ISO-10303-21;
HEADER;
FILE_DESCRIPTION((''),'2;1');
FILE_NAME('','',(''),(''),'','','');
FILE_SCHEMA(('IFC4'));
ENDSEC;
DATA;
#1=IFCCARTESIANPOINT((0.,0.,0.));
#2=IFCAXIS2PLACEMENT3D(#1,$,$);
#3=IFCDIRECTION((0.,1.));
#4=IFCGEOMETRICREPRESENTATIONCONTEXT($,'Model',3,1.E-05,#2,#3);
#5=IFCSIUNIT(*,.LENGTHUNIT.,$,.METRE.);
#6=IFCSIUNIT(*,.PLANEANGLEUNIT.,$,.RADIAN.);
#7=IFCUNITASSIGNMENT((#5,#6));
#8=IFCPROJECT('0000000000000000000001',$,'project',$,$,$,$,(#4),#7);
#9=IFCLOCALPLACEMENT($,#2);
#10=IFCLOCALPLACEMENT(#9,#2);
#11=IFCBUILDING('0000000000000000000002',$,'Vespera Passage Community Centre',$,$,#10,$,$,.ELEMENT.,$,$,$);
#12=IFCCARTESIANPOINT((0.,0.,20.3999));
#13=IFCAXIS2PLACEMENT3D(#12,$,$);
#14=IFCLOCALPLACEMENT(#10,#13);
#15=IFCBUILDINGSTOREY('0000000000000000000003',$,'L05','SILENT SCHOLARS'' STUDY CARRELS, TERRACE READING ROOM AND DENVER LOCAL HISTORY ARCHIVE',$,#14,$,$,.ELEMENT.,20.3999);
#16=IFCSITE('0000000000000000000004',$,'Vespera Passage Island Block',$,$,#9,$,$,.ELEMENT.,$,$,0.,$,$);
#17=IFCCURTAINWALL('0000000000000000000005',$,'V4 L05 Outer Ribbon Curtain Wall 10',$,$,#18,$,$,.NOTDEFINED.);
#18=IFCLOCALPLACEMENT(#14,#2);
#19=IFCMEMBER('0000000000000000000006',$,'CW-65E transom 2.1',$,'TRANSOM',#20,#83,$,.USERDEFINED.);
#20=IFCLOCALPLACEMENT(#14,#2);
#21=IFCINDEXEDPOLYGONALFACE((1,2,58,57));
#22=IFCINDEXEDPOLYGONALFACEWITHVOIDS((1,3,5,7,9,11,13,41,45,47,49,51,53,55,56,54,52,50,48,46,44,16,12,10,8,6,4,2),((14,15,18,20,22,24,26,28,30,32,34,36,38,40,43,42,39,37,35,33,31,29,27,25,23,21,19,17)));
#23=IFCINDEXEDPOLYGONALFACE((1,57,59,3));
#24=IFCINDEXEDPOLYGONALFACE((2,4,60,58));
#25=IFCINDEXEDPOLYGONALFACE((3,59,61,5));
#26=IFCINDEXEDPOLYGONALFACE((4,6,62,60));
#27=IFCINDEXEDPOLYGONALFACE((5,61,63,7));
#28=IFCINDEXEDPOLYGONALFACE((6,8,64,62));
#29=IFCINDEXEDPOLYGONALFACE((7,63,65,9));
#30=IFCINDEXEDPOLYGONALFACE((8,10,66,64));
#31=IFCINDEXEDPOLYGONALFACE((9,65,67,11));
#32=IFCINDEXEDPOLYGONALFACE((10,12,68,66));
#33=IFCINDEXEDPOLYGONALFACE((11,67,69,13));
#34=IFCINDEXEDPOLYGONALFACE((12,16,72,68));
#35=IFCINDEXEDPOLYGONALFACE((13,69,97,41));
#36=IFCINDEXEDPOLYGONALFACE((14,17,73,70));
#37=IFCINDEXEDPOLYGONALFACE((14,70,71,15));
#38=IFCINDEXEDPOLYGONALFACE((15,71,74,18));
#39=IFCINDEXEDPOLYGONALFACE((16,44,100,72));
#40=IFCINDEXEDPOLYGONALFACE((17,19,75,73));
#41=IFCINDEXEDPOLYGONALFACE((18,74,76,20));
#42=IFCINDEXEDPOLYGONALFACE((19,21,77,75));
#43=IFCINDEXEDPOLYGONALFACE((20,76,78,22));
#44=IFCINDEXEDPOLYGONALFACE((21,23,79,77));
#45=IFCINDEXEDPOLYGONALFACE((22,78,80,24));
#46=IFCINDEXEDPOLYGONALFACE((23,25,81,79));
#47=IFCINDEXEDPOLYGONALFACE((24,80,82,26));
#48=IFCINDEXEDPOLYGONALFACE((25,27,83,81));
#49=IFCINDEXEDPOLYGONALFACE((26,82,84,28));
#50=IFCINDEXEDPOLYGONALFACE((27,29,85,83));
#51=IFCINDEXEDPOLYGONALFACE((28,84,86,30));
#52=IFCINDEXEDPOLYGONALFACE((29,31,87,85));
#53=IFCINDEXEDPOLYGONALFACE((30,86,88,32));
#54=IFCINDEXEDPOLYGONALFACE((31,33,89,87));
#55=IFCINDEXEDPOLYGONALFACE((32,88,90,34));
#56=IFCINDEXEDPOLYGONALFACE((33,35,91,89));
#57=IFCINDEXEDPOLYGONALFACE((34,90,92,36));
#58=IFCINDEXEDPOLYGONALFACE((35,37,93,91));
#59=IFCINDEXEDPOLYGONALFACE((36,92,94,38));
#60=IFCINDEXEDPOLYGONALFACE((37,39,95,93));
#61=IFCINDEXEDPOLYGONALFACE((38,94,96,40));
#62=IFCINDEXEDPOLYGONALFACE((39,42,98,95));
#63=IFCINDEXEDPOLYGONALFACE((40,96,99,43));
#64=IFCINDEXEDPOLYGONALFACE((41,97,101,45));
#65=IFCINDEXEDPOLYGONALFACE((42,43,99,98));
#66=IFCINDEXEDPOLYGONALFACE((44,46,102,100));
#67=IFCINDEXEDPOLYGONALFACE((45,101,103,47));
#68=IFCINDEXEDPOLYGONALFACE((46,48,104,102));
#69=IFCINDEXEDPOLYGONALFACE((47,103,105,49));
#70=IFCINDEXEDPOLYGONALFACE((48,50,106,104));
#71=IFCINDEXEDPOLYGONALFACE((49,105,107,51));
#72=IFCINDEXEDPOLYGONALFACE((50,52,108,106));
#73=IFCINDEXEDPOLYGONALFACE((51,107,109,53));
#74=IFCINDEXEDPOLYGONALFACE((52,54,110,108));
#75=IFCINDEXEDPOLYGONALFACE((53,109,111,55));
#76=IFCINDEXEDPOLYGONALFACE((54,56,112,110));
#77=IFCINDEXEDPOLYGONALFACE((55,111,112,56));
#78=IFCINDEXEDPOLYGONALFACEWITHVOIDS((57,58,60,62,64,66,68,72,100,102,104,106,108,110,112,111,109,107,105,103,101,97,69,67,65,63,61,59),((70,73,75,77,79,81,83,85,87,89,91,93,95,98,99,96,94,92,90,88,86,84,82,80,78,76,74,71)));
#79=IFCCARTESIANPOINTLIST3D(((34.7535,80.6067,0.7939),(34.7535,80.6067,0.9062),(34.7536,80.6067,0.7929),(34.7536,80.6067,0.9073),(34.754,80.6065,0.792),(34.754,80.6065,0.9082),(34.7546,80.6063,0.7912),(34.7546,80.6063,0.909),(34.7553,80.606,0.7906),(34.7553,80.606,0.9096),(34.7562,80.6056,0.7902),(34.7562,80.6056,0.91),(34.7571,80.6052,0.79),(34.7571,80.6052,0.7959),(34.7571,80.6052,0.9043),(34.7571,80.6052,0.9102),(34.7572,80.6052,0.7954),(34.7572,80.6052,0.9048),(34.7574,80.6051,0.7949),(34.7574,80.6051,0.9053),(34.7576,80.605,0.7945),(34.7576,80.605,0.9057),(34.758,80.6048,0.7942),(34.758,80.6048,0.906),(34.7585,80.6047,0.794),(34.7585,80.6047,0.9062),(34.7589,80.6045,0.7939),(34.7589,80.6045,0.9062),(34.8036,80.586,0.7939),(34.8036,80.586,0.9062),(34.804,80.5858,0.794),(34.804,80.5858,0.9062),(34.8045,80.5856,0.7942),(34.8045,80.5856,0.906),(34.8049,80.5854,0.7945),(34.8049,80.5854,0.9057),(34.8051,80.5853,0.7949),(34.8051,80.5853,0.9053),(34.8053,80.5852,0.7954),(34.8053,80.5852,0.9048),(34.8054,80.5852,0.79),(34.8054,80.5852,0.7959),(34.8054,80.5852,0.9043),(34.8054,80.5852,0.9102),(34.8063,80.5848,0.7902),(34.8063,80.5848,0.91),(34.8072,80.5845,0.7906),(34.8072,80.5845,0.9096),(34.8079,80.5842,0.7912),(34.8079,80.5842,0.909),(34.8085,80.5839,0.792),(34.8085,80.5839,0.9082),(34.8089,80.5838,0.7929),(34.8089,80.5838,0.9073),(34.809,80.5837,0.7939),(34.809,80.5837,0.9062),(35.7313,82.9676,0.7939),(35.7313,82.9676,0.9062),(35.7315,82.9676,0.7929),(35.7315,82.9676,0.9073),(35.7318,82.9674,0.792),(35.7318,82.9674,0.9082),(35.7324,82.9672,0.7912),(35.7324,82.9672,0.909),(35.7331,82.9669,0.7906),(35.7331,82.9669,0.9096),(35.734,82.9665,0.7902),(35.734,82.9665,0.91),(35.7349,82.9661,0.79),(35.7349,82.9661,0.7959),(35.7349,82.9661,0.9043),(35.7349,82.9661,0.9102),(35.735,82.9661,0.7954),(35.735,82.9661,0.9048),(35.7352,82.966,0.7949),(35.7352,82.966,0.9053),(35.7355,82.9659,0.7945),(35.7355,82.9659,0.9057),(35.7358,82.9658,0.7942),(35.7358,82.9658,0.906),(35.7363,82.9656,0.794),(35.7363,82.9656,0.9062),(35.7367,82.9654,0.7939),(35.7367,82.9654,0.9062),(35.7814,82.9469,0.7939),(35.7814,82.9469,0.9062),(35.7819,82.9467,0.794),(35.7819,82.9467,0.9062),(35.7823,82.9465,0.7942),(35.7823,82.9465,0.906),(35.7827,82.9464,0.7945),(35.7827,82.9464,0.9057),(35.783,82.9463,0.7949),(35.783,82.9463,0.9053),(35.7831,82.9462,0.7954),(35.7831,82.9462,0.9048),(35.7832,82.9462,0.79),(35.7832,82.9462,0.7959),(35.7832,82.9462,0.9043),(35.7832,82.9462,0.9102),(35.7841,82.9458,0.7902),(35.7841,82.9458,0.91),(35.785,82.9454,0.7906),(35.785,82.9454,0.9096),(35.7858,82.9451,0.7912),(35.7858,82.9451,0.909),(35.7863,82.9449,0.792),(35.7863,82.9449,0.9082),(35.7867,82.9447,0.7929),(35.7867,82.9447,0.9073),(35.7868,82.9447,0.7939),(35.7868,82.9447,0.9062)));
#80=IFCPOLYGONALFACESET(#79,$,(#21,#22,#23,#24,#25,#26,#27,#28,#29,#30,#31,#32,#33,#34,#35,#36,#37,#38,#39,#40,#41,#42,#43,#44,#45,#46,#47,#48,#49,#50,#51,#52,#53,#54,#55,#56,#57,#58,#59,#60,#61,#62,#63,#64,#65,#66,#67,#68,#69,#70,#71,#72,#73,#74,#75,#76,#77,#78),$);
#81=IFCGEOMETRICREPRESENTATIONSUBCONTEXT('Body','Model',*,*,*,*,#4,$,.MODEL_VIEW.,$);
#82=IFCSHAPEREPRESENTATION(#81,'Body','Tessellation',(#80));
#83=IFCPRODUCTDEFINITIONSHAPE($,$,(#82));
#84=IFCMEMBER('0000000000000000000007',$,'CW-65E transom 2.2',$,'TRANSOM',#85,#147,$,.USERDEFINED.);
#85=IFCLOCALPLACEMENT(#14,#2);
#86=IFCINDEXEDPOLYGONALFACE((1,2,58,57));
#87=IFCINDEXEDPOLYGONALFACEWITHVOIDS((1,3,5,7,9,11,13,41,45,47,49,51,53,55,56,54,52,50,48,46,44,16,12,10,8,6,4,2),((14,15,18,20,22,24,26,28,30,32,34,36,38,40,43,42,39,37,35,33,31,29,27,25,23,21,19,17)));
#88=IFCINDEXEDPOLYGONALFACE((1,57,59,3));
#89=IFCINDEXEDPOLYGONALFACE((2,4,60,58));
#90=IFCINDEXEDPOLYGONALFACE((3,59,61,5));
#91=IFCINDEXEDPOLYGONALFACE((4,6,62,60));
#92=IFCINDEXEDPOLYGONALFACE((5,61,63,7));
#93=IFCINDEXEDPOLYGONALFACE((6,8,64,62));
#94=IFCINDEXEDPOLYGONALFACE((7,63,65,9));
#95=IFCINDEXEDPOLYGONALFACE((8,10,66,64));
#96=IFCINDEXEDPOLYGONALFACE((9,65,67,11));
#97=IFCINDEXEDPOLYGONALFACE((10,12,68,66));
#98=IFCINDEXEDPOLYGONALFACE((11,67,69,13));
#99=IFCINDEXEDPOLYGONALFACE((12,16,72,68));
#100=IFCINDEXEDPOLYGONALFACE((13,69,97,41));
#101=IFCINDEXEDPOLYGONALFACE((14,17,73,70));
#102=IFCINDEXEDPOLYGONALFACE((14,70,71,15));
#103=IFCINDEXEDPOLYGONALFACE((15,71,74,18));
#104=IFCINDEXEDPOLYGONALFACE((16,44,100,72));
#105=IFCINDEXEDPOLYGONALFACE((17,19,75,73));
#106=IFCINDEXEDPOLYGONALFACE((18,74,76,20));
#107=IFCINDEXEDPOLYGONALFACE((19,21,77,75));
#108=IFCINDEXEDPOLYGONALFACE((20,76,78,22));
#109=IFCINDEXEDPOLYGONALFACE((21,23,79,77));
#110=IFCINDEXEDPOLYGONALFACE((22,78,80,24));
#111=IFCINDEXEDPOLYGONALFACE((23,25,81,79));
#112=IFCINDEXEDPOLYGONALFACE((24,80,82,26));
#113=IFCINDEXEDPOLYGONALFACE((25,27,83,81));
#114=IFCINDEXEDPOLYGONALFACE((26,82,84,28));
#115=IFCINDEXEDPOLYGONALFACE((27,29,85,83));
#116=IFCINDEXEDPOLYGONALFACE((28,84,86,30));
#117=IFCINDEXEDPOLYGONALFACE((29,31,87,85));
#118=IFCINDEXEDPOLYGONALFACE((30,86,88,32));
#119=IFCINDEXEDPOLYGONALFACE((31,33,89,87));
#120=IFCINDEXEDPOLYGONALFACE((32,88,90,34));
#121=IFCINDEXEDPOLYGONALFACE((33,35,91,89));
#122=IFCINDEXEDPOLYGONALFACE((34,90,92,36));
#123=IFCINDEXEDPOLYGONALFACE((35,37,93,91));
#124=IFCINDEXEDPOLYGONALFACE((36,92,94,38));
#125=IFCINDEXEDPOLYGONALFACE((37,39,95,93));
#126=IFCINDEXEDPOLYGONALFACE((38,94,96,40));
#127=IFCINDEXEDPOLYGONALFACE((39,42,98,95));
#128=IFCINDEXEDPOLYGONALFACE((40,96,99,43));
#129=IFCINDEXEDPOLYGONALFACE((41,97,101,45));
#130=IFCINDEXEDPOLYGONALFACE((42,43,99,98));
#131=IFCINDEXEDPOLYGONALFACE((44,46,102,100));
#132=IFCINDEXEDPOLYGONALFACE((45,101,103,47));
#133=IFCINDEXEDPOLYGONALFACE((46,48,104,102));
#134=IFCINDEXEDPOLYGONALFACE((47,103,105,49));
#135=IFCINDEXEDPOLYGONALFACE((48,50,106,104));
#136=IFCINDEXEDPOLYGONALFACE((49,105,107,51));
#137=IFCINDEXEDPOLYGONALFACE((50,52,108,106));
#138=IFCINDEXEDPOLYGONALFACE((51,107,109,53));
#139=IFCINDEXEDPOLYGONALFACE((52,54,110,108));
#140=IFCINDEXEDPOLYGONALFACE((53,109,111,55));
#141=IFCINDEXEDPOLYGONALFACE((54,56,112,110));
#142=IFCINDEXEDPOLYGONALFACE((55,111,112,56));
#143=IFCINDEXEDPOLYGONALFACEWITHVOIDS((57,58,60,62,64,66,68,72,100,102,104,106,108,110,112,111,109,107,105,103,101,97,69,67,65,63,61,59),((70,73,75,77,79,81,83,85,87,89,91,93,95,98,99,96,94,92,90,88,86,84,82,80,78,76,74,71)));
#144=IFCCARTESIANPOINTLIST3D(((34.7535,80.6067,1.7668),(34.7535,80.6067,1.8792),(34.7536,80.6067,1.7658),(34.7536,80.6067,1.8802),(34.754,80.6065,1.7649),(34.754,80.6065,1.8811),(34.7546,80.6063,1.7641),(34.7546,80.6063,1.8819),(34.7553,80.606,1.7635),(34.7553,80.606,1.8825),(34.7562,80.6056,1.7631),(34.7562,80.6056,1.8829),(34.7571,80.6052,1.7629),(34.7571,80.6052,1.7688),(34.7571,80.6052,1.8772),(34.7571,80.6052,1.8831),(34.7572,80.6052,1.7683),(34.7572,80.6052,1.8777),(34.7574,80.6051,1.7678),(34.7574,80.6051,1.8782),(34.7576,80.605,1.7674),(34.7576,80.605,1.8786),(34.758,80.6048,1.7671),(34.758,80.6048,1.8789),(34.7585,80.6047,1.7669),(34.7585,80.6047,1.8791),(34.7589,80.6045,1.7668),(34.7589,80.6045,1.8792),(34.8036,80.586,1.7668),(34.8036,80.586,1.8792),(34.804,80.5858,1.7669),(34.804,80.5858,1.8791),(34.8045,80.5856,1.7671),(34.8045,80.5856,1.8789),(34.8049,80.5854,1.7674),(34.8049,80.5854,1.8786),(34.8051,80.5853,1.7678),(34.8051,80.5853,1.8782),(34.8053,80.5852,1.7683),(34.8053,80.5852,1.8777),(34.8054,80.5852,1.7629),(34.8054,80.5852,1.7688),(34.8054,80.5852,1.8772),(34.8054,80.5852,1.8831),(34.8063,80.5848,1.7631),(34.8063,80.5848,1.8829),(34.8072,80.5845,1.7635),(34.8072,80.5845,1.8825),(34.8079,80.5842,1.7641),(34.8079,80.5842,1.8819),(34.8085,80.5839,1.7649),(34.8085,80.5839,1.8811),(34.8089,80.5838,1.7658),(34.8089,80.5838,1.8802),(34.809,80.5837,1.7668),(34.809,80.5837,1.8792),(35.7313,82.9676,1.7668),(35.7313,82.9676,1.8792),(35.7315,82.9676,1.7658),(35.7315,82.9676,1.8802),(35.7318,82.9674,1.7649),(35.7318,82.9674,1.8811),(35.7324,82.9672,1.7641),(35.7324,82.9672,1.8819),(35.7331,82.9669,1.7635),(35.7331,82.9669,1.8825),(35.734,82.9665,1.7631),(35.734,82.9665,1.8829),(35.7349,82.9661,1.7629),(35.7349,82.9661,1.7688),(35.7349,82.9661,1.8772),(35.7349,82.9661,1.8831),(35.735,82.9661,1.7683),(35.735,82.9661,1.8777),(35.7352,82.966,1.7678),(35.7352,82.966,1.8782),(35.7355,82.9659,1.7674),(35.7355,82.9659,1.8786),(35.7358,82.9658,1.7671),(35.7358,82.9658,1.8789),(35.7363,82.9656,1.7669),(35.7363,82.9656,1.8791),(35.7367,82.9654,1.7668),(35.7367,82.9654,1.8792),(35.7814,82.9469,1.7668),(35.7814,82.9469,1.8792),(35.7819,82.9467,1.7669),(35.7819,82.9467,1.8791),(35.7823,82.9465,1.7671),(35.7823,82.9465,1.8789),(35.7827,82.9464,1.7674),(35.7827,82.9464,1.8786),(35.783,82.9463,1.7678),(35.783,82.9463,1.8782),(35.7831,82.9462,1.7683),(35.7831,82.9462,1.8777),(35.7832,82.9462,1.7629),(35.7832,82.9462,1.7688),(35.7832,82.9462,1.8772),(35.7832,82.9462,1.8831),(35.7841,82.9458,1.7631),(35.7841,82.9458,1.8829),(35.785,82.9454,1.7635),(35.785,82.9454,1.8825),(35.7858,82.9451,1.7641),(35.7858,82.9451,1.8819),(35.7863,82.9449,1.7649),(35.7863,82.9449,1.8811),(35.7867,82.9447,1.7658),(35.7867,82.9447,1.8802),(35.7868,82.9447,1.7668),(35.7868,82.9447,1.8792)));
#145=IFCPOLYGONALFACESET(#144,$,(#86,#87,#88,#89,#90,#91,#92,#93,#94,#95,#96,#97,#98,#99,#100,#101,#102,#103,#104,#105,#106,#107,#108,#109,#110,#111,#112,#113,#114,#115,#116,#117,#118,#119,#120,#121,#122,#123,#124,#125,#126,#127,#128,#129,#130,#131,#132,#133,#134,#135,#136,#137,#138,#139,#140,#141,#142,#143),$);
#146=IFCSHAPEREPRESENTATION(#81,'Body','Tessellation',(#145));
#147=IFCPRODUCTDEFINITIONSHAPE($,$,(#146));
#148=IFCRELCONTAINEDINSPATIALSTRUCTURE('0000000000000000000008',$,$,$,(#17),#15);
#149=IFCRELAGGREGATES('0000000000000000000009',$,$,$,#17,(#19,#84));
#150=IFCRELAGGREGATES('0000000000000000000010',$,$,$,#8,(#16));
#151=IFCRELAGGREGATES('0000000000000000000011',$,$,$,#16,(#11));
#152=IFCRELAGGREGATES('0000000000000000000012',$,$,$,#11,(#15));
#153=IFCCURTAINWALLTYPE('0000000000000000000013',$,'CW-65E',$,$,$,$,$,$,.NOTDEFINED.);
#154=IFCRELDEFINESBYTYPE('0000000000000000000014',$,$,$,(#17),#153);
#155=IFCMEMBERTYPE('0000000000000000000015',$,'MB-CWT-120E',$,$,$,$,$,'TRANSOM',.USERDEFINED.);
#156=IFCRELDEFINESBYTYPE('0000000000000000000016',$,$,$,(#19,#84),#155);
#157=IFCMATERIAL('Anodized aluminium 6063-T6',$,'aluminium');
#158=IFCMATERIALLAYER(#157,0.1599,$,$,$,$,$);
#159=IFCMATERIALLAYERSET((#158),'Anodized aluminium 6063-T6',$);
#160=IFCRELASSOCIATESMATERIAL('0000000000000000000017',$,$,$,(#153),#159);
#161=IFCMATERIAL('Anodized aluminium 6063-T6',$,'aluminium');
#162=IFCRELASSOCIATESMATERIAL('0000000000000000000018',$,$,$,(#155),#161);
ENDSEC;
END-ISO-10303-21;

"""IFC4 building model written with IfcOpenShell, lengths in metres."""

from ifc_helpers import new_model, si_unit, direction, frame, origin, origin_2d, place, context, subcontext, project, spatial, hollow_rectangle, extrude, material, layer, layer_set, material_profile, profile_set, type_object, element, aggregate, save


model = new_model("IFC4")

# Units and contexts
model_context = context("Model", 3, precision=1e-05, world=origin(), true_north=direction((0.0, 1.0)))
body_context = subcontext(model_context, "Body", "Model", "MODEL_VIEW")
ifc_project = project(units=[si_unit("LENGTHUNIT", "METRE"), si_unit("PLANEANGLEUNIT", "RADIAN")], contexts=[model_context])

# Site, building, storey
site_placement = place(None, origin())
site = spatial("IfcSite", under=ifc_project, at=site_placement, Name="Vespera Passage Island Block", CompositionType="ELEMENT", RefElevation=0.0)
building_placement = place(site_placement, origin())
building = spatial("IfcBuilding", under=site, at=building_placement, Name="Vespera Passage Community Centre", CompositionType="ELEMENT")
storey_placement = place(building_placement, frame((0.0, 0.0, 20.3999)))
storey = spatial("IfcBuildingStorey", under=building, at=storey_placement, Name="L05", Description="SILENT SCHOLARS' STUDY CARRELS, TERRACE READING ROOM AND DENVER LOCAL HISTORY ARCHIVE", CompositionType="ELEMENT", Elevation=20.3999)

# Curtain wall
ifc_material_1 = material(Name="Anodized aluminium 6063-T6", Category="aluminium")
ifc_layer_1 = layer(ifc_material_1, 0.1599)
ifc_layer_set_1 = layer_set([ifc_layer_1], Name="Anodized aluminium 6063-T6")
curtain_wall_type_1 = type_object("IfcCurtainWallType", Name="CW-65E", PredefinedType="NOTDEFINED", material=ifc_layer_set_1)
curtain_wall_1_placement = place(storey_placement, origin())
curtain_wall_1 = element("IfcCurtainWall", 1, at=curtain_wall_1_placement, inside=storey, type_object=curtain_wall_type_1, Name="V4 L05 Outer Ribbon Curtain Wall 10", PredefinedType="NOTDEFINED")

# Members
ifc_material_2 = material(Name="Anodized aluminium 6063-T6", Category="aluminium")
ifc_material_profile_1 = material_profile(ifc_material_2, hollow_rectangle(XDim=0.0601, YDim=0.1201, WallThickness=0.0039, InnerFilletRadius=0.002, OuterFilletRadius=0.0039, at=origin_2d()), Name="ALU120X60X4")
ifc_profile_set_1 = profile_set([ifc_material_profile_1], Name="Anodized aluminium 6063-T6")
member_type_1 = type_object("IfcMemberType", Name="MB-CWT-120E", ElementType="TRANSOM", PredefinedType="USERDEFINED", material=ifc_profile_set_1)
member_1_placement = place(storey_placement, frame((34.7812, 80.5952, 0.8501), z_axis=(0.382647, 0.923895, 0.0), x_axis=(-0.923895, 0.382647, 0.0)))
member_1 = element("IfcMember", 2, at=member_1_placement, type_object=member_type_1, Name="CW-65E transom 2.1", ObjectType="TRANSOM", PredefinedType="USERDEFINED", context=body_context, shape_type="SweptSolid", body=[
    extrude(hollow_rectangle(XDim=0.0601, YDim=0.1201, WallThickness=0.0039, InnerFilletRadius=0.002, OuterFilletRadius=0.0039, at=origin_2d()), origin(), (0.0, 0.0, 1.0), 2.5554),
])
member_2_placement = place(storey_placement, frame((34.7812, 80.5952, 1.823), z_axis=(0.382647, 0.923895, 0.0), x_axis=(-0.923895, 0.382647, 0.0)))
member_2 = element("IfcMember", 3, at=member_2_placement, type_object=member_type_1, Name="CW-65E transom 2.2", ObjectType="TRANSOM", PredefinedType="USERDEFINED", context=body_context, shape_type="SweptSolid", body=[
    extrude(hollow_rectangle(XDim=0.0601, YDim=0.1201, WallThickness=0.0039, InnerFilletRadius=0.002, OuterFilletRadius=0.0039, at=origin_2d()), origin(), (0.0, 0.0, 1.0), 2.5554),
])

aggregate(curtain_wall_1, [member_1, member_2])

save(model, "model.ifc")
